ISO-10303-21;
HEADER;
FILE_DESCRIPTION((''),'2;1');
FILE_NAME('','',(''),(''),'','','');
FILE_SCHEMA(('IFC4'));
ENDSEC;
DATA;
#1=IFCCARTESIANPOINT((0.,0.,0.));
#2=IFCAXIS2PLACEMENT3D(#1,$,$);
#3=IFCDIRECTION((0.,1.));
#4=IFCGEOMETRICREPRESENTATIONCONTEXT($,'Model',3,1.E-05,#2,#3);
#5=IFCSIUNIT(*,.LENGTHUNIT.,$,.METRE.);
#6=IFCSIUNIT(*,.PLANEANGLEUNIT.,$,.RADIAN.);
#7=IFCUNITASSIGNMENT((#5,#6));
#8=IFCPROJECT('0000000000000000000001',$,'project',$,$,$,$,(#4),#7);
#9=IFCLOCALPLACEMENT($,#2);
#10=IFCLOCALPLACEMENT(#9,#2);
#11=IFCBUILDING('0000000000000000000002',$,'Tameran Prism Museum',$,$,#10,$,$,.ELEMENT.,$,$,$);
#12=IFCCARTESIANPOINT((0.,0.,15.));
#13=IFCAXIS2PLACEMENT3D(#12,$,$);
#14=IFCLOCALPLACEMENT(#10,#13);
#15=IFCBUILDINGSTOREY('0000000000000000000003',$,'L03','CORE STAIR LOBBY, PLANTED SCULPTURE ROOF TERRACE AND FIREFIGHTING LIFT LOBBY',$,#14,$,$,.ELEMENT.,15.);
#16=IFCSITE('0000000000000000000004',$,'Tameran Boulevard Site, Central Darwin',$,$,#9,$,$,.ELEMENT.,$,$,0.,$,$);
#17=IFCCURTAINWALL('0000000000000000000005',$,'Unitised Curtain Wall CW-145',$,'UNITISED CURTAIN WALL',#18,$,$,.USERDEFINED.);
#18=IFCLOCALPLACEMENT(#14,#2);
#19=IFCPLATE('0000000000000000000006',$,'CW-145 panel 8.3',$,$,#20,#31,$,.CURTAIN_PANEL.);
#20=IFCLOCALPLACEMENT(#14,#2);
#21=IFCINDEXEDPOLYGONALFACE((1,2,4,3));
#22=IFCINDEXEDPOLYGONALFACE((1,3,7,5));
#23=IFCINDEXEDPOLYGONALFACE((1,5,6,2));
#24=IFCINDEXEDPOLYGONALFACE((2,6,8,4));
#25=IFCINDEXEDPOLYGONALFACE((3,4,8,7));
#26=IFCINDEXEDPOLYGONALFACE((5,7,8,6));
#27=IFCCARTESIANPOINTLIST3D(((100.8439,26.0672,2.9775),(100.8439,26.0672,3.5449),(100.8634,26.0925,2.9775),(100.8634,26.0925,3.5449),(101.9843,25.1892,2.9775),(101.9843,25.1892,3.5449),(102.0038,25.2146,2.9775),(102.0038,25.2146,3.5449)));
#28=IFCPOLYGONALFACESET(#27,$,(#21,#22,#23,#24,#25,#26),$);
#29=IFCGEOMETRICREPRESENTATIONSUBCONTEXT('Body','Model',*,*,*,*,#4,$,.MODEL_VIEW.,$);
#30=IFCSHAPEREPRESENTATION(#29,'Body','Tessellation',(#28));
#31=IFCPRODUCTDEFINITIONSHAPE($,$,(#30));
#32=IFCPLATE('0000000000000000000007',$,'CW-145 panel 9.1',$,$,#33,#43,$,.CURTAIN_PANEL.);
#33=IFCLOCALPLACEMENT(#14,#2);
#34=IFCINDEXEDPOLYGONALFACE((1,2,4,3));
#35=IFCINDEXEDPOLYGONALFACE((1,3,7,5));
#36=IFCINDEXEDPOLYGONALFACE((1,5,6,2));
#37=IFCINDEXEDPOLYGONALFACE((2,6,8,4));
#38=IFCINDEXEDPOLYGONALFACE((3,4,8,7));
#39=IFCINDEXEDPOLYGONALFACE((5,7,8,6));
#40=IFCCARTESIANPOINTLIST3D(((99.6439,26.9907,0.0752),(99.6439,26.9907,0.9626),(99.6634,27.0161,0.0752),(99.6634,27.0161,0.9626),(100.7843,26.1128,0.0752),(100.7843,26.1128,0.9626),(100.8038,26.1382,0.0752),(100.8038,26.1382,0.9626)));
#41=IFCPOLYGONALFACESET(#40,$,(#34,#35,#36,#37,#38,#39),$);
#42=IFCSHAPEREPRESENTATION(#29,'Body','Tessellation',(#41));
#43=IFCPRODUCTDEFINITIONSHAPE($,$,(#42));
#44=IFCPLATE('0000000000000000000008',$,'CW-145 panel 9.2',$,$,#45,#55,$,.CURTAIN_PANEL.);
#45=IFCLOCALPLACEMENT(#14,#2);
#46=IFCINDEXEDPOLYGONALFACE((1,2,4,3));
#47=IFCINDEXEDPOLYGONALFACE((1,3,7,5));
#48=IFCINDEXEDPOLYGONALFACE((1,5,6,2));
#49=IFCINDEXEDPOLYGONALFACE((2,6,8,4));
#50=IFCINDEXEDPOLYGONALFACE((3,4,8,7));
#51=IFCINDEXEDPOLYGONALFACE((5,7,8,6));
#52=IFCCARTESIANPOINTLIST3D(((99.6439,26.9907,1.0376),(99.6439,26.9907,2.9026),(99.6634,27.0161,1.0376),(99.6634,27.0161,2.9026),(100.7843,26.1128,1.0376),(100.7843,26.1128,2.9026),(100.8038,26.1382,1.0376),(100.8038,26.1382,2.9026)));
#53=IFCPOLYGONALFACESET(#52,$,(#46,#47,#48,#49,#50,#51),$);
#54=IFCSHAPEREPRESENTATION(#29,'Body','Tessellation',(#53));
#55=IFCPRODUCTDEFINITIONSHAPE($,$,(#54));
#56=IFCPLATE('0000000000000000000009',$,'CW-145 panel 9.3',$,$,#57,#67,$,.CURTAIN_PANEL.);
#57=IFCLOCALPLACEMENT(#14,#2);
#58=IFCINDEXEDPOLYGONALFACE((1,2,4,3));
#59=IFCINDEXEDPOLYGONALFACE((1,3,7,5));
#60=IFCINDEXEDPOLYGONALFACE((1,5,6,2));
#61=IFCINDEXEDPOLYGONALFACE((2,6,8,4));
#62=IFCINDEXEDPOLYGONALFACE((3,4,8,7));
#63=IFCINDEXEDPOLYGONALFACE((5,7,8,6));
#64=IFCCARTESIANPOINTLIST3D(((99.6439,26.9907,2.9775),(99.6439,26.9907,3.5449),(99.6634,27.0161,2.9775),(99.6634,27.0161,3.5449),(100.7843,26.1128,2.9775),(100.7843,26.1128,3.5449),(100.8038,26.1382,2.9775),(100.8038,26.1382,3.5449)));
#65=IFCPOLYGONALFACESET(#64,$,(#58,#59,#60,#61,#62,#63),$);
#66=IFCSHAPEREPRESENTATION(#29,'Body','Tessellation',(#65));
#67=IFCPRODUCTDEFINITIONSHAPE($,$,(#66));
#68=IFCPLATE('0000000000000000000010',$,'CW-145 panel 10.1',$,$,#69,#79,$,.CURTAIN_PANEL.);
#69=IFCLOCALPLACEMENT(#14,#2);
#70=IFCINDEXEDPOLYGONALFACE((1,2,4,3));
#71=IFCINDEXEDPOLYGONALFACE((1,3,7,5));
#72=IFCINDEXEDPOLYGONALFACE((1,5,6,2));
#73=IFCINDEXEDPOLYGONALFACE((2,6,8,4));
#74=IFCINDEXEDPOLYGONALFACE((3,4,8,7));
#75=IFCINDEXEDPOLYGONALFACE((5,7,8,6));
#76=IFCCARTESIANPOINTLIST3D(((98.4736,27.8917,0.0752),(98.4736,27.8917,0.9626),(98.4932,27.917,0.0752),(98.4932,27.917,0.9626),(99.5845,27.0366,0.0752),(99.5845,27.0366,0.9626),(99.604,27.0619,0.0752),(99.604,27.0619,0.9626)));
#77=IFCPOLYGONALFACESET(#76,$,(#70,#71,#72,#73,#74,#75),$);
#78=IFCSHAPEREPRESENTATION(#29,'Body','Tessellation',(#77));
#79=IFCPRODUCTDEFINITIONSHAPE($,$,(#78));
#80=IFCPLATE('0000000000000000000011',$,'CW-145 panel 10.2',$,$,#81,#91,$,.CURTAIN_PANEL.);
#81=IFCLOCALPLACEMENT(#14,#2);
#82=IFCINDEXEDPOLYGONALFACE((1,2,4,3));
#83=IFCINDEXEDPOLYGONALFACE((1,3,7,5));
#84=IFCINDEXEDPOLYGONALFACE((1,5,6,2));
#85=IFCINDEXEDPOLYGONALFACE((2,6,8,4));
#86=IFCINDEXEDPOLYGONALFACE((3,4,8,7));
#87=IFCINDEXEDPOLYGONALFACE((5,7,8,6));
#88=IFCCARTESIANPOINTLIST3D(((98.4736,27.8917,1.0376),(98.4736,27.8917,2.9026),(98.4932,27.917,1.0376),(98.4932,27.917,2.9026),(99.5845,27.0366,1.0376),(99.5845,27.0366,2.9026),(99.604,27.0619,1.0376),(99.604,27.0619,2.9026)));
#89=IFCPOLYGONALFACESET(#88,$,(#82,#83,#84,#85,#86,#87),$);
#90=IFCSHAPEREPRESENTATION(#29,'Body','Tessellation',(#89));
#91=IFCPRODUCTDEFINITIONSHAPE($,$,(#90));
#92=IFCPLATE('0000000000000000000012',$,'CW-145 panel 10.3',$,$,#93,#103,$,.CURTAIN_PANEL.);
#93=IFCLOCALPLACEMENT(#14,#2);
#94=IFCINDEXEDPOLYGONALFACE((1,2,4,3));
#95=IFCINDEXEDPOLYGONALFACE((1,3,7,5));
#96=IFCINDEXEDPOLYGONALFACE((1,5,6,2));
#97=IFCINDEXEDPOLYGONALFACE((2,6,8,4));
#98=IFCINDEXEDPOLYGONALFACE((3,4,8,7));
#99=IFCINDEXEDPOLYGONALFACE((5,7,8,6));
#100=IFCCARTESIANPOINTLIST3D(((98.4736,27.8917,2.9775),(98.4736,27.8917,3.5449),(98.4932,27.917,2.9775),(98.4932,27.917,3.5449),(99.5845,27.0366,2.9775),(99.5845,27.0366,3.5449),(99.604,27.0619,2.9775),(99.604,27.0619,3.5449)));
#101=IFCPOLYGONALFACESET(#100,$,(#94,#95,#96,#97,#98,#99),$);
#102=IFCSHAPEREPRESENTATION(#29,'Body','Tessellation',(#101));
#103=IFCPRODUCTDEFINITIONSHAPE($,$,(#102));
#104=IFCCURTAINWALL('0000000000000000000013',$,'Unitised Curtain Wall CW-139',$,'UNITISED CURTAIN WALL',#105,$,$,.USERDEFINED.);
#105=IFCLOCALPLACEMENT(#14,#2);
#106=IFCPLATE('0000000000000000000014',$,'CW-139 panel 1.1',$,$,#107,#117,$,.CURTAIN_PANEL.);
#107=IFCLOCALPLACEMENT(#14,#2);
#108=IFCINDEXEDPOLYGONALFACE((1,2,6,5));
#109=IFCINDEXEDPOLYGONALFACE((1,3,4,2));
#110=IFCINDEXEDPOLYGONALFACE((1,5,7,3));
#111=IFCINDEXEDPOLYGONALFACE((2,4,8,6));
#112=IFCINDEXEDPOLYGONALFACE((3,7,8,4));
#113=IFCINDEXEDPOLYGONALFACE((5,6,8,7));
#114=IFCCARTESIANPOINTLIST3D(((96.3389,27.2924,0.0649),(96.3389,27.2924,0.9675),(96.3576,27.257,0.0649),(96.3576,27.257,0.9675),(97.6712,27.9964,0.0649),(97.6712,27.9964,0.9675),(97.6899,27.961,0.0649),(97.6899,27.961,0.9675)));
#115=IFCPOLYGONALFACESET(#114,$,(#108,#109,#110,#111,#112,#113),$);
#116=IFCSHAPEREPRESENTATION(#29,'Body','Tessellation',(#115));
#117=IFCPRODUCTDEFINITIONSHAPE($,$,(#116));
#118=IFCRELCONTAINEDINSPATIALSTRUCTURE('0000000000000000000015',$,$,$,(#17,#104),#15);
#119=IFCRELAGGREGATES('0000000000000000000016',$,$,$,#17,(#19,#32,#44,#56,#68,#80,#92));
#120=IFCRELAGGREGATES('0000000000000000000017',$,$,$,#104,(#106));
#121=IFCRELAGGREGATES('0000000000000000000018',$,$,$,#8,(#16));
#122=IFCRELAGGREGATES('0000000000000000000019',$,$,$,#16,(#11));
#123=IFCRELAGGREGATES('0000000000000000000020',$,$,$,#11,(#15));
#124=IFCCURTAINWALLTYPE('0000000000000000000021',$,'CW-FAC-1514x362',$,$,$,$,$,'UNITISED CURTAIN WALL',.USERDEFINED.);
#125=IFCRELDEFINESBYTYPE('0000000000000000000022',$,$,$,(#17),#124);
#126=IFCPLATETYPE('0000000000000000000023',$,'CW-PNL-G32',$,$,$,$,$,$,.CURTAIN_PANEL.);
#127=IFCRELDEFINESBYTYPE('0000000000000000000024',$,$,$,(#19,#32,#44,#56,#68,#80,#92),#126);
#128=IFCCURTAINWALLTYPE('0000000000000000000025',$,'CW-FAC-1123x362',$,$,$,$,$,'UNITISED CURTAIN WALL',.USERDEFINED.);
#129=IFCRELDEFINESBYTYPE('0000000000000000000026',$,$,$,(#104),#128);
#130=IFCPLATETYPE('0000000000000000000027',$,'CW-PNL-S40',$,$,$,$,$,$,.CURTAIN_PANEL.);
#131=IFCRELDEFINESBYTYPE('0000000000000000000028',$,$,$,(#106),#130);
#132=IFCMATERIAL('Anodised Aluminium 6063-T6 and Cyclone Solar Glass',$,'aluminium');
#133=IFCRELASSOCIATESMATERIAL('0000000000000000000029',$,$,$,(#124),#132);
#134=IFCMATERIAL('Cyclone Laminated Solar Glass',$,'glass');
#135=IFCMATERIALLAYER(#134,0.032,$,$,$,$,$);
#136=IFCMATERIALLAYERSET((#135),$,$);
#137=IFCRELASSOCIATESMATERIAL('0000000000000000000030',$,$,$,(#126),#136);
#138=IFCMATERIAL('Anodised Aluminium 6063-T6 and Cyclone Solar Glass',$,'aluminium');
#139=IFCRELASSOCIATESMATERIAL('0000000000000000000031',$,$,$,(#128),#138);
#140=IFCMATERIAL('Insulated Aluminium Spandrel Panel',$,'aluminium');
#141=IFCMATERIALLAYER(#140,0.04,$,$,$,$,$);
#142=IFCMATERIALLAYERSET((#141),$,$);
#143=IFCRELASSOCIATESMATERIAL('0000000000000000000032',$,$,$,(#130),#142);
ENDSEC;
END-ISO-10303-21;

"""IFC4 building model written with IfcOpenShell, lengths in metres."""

from ifc_helpers import new_model, si_unit, direction, frame, origin, origin_2d, place, context, subcontext, project, spatial, rectangle, extrude, material, layer, layer_set, type_object, element, aggregate, save


model = new_model("IFC4")

# Units and contexts
model_context = context("Model", 3, precision=1e-05, world=origin(), true_north=direction((0.0, 1.0)))
body_context = subcontext(model_context, "Body", "Model", "MODEL_VIEW")
ifc_project = project(units=[si_unit("LENGTHUNIT", "METRE"), si_unit("PLANEANGLEUNIT", "RADIAN")], contexts=[model_context])

# Site, building, storey
site_placement = place(None, origin())
site = spatial("IfcSite", under=ifc_project, at=site_placement, Name="Tameran Boulevard Site, Central Darwin", CompositionType="ELEMENT", RefElevation=0.0)
building_placement = place(site_placement, origin())
building = spatial("IfcBuilding", under=site, at=building_placement, Name="Tameran Prism Museum", CompositionType="ELEMENT")
storey_placement = place(building_placement, frame((0.0, 0.0, 15.0)))
storey = spatial("IfcBuildingStorey", under=building, at=storey_placement, Name="L03", Description="CORE STAIR LOBBY, PLANTED SCULPTURE ROOF TERRACE AND FIREFIGHTING LIFT LOBBY", CompositionType="ELEMENT", Elevation=15.0)

# Curtain wall, plates
ifc_material_1 = material(Name="Anodised Aluminium 6063-T6 and Cyclone Solar Glass", Category="aluminium")
curtain_wall_type_1 = type_object("IfcCurtainWallType", Name="CW-FAC-1514x362", ElementType="UNITISED CURTAIN WALL", PredefinedType="USERDEFINED", material=ifc_material_1)
curtain_wall_1_placement = place(storey_placement, origin())
curtain_wall_1 = element("IfcCurtainWall", 1, at=curtain_wall_1_placement, inside=storey, type_object=curtain_wall_type_1, Name="Unitised Curtain Wall CW-145", ObjectType="UNITISED CURTAIN WALL", PredefinedType="USERDEFINED")
ifc_material_2 = material(Name="Cyclone Laminated Solar Glass", Category="glass")
ifc_layer_1 = layer(ifc_material_2, 0.032)
ifc_layer_set_1 = layer_set([ifc_layer_1])
plate_type_1 = type_object("IfcPlateType", Name="CW-PNL-G32", PredefinedType="CURTAIN_PANEL", material=ifc_layer_set_1)
plate_1_placement = place(storey_placement, frame((101.4238, 25.6409, 2.9775), z_axis=(0.0, 0.0, 1.0), x_axis=(-0.792401, 0.610001, 0.0)))
plate_1 = element("IfcPlate", 2, at=plate_1_placement, type_object=plate_type_1, Name="CW-145 panel 8.3", PredefinedType="CURTAIN_PANEL", context=body_context, shape_type="SweptSolid", body=[
    extrude(rectangle(XDim=1.4392, YDim=0.032, at=origin_2d()), origin(), (0.0, 0.0, 1.0), 0.5674),
])
plate_2_placement = place(storey_placement, frame((100.2239, 26.5645, 0.0752), z_axis=(0.0, 0.0, 1.0), x_axis=(-0.792401, 0.610001, 0.0)))
plate_2 = element("IfcPlate", 3, at=plate_2_placement, type_object=plate_type_1, Name="CW-145 panel 9.1", PredefinedType="CURTAIN_PANEL", context=body_context, shape_type="SweptSolid", body=[
    extrude(rectangle(XDim=1.4392, YDim=0.032, at=origin_2d()), origin(), (0.0, 0.0, 1.0), 0.8875),
])
plate_3_placement = place(storey_placement, frame((100.2239, 26.5645, 1.0376), z_axis=(0.0, 0.0, 1.0), x_axis=(-0.792401, 0.610001, 0.0)))
plate_3 = element("IfcPlate", 4, at=plate_3_placement, type_object=plate_type_1, Name="CW-145 panel 9.2", PredefinedType="CURTAIN_PANEL", context=body_context, shape_type="SweptSolid", body=[
    extrude(rectangle(XDim=1.4392, YDim=0.032, at=origin_2d()), origin(), (0.0, 0.0, 1.0), 1.865),
])
plate_4_placement = place(storey_placement, frame((100.2239, 26.5645, 2.9775), z_axis=(0.0, 0.0, 1.0), x_axis=(-0.792401, 0.610001, 0.0)))
plate_4 = element("IfcPlate", 5, at=plate_4_placement, type_object=plate_type_1, Name="CW-145 panel 9.3", PredefinedType="CURTAIN_PANEL", context=body_context, shape_type="SweptSolid", body=[
    extrude(rectangle(XDim=1.4392, YDim=0.032, at=origin_2d()), origin(), (0.0, 0.0, 1.0), 0.5674),
])
plate_5_placement = place(storey_placement, frame((99.0388, 27.4768, 0.0752), z_axis=(0.0, 0.0, 1.0), x_axis=(-0.792401, 0.610001, 0.0)))
plate_5 = element("IfcPlate", 6, at=plate_5_placement, type_object=plate_type_1, Name="CW-145 panel 10.1", PredefinedType="CURTAIN_PANEL", context=body_context, shape_type="SweptSolid", body=[
    extrude(rectangle(XDim=1.4019, YDim=0.032, at=origin_2d()), origin(), (0.0, 0.0, 1.0), 0.8875),
])
plate_6_placement = place(storey_placement, frame((99.0388, 27.4768, 1.0376), z_axis=(0.0, 0.0, 1.0), x_axis=(-0.792401, 0.610001, 0.0)))
plate_6 = element("IfcPlate", 7, at=plate_6_placement, type_object=plate_type_1, Name="CW-145 panel 10.2", PredefinedType="CURTAIN_PANEL", context=body_context, shape_type="SweptSolid", body=[
    extrude(rectangle(XDim=1.4019, YDim=0.032, at=origin_2d()), origin(), (0.0, 0.0, 1.0), 1.865),
])
plate_7_placement = place(storey_placement, frame((99.0388, 27.4768, 2.9775), z_axis=(0.0, 0.0, 1.0), x_axis=(-0.792401, 0.610001, 0.0)))
plate_7 = element("IfcPlate", 8, at=plate_7_placement, type_object=plate_type_1, Name="CW-145 panel 10.3", PredefinedType="CURTAIN_PANEL", context=body_context, shape_type="SweptSolid", body=[
    extrude(rectangle(XDim=1.4019, YDim=0.032, at=origin_2d()), origin(), (0.0, 0.0, 1.0), 0.5674),
])
aggregate(curtain_wall_1, [plate_1, plate_2, plate_3, plate_4, plate_5, plate_6, plate_7])

# Curtain wall, plate
ifc_material_3 = material(Name="Anodised Aluminium 6063-T6 and Cyclone Solar Glass", Category="aluminium")
curtain_wall_type_2 = type_object("IfcCurtainWallType", Name="CW-FAC-1123x362", ElementType="UNITISED CURTAIN WALL", PredefinedType="USERDEFINED", material=ifc_material_3)
curtain_wall_2_placement = place(storey_placement, origin())
curtain_wall_2 = element("IfcCurtainWall", 9, at=curtain_wall_2_placement, inside=storey, type_object=curtain_wall_type_2, Name="Unitised Curtain Wall CW-139", ObjectType="UNITISED CURTAIN WALL", PredefinedType="USERDEFINED")
ifc_material_4 = material(Name="Insulated Aluminium Spandrel Panel", Category="aluminium")
ifc_layer_2 = layer(ifc_material_4, 0.04)
ifc_layer_set_2 = layer_set([ifc_layer_2])
plate_type_2 = type_object("IfcPlateType", Name="CW-PNL-S40", PredefinedType="CURTAIN_PANEL", material=ifc_layer_set_2)
plate_8_placement = place(storey_placement, frame((97.0144, 27.6267, 0.0649), z_axis=(0.0, 0.0, 1.0), x_axis=(-0.884175, -0.467155, 0.0)))
plate_8 = element("IfcPlate", 10, at=plate_8_placement, type_object=plate_type_2, Name="CW-139 panel 1.1", PredefinedType="CURTAIN_PANEL", context=body_context, shape_type="SweptSolid", body=[
    extrude(rectangle(XDim=1.5068, YDim=0.04, at=origin_2d()), origin(), (0.0, 0.0, 1.0), 0.9026),
])
aggregate(curtain_wall_2, [plate_8])

save(model, "model.ifc")
